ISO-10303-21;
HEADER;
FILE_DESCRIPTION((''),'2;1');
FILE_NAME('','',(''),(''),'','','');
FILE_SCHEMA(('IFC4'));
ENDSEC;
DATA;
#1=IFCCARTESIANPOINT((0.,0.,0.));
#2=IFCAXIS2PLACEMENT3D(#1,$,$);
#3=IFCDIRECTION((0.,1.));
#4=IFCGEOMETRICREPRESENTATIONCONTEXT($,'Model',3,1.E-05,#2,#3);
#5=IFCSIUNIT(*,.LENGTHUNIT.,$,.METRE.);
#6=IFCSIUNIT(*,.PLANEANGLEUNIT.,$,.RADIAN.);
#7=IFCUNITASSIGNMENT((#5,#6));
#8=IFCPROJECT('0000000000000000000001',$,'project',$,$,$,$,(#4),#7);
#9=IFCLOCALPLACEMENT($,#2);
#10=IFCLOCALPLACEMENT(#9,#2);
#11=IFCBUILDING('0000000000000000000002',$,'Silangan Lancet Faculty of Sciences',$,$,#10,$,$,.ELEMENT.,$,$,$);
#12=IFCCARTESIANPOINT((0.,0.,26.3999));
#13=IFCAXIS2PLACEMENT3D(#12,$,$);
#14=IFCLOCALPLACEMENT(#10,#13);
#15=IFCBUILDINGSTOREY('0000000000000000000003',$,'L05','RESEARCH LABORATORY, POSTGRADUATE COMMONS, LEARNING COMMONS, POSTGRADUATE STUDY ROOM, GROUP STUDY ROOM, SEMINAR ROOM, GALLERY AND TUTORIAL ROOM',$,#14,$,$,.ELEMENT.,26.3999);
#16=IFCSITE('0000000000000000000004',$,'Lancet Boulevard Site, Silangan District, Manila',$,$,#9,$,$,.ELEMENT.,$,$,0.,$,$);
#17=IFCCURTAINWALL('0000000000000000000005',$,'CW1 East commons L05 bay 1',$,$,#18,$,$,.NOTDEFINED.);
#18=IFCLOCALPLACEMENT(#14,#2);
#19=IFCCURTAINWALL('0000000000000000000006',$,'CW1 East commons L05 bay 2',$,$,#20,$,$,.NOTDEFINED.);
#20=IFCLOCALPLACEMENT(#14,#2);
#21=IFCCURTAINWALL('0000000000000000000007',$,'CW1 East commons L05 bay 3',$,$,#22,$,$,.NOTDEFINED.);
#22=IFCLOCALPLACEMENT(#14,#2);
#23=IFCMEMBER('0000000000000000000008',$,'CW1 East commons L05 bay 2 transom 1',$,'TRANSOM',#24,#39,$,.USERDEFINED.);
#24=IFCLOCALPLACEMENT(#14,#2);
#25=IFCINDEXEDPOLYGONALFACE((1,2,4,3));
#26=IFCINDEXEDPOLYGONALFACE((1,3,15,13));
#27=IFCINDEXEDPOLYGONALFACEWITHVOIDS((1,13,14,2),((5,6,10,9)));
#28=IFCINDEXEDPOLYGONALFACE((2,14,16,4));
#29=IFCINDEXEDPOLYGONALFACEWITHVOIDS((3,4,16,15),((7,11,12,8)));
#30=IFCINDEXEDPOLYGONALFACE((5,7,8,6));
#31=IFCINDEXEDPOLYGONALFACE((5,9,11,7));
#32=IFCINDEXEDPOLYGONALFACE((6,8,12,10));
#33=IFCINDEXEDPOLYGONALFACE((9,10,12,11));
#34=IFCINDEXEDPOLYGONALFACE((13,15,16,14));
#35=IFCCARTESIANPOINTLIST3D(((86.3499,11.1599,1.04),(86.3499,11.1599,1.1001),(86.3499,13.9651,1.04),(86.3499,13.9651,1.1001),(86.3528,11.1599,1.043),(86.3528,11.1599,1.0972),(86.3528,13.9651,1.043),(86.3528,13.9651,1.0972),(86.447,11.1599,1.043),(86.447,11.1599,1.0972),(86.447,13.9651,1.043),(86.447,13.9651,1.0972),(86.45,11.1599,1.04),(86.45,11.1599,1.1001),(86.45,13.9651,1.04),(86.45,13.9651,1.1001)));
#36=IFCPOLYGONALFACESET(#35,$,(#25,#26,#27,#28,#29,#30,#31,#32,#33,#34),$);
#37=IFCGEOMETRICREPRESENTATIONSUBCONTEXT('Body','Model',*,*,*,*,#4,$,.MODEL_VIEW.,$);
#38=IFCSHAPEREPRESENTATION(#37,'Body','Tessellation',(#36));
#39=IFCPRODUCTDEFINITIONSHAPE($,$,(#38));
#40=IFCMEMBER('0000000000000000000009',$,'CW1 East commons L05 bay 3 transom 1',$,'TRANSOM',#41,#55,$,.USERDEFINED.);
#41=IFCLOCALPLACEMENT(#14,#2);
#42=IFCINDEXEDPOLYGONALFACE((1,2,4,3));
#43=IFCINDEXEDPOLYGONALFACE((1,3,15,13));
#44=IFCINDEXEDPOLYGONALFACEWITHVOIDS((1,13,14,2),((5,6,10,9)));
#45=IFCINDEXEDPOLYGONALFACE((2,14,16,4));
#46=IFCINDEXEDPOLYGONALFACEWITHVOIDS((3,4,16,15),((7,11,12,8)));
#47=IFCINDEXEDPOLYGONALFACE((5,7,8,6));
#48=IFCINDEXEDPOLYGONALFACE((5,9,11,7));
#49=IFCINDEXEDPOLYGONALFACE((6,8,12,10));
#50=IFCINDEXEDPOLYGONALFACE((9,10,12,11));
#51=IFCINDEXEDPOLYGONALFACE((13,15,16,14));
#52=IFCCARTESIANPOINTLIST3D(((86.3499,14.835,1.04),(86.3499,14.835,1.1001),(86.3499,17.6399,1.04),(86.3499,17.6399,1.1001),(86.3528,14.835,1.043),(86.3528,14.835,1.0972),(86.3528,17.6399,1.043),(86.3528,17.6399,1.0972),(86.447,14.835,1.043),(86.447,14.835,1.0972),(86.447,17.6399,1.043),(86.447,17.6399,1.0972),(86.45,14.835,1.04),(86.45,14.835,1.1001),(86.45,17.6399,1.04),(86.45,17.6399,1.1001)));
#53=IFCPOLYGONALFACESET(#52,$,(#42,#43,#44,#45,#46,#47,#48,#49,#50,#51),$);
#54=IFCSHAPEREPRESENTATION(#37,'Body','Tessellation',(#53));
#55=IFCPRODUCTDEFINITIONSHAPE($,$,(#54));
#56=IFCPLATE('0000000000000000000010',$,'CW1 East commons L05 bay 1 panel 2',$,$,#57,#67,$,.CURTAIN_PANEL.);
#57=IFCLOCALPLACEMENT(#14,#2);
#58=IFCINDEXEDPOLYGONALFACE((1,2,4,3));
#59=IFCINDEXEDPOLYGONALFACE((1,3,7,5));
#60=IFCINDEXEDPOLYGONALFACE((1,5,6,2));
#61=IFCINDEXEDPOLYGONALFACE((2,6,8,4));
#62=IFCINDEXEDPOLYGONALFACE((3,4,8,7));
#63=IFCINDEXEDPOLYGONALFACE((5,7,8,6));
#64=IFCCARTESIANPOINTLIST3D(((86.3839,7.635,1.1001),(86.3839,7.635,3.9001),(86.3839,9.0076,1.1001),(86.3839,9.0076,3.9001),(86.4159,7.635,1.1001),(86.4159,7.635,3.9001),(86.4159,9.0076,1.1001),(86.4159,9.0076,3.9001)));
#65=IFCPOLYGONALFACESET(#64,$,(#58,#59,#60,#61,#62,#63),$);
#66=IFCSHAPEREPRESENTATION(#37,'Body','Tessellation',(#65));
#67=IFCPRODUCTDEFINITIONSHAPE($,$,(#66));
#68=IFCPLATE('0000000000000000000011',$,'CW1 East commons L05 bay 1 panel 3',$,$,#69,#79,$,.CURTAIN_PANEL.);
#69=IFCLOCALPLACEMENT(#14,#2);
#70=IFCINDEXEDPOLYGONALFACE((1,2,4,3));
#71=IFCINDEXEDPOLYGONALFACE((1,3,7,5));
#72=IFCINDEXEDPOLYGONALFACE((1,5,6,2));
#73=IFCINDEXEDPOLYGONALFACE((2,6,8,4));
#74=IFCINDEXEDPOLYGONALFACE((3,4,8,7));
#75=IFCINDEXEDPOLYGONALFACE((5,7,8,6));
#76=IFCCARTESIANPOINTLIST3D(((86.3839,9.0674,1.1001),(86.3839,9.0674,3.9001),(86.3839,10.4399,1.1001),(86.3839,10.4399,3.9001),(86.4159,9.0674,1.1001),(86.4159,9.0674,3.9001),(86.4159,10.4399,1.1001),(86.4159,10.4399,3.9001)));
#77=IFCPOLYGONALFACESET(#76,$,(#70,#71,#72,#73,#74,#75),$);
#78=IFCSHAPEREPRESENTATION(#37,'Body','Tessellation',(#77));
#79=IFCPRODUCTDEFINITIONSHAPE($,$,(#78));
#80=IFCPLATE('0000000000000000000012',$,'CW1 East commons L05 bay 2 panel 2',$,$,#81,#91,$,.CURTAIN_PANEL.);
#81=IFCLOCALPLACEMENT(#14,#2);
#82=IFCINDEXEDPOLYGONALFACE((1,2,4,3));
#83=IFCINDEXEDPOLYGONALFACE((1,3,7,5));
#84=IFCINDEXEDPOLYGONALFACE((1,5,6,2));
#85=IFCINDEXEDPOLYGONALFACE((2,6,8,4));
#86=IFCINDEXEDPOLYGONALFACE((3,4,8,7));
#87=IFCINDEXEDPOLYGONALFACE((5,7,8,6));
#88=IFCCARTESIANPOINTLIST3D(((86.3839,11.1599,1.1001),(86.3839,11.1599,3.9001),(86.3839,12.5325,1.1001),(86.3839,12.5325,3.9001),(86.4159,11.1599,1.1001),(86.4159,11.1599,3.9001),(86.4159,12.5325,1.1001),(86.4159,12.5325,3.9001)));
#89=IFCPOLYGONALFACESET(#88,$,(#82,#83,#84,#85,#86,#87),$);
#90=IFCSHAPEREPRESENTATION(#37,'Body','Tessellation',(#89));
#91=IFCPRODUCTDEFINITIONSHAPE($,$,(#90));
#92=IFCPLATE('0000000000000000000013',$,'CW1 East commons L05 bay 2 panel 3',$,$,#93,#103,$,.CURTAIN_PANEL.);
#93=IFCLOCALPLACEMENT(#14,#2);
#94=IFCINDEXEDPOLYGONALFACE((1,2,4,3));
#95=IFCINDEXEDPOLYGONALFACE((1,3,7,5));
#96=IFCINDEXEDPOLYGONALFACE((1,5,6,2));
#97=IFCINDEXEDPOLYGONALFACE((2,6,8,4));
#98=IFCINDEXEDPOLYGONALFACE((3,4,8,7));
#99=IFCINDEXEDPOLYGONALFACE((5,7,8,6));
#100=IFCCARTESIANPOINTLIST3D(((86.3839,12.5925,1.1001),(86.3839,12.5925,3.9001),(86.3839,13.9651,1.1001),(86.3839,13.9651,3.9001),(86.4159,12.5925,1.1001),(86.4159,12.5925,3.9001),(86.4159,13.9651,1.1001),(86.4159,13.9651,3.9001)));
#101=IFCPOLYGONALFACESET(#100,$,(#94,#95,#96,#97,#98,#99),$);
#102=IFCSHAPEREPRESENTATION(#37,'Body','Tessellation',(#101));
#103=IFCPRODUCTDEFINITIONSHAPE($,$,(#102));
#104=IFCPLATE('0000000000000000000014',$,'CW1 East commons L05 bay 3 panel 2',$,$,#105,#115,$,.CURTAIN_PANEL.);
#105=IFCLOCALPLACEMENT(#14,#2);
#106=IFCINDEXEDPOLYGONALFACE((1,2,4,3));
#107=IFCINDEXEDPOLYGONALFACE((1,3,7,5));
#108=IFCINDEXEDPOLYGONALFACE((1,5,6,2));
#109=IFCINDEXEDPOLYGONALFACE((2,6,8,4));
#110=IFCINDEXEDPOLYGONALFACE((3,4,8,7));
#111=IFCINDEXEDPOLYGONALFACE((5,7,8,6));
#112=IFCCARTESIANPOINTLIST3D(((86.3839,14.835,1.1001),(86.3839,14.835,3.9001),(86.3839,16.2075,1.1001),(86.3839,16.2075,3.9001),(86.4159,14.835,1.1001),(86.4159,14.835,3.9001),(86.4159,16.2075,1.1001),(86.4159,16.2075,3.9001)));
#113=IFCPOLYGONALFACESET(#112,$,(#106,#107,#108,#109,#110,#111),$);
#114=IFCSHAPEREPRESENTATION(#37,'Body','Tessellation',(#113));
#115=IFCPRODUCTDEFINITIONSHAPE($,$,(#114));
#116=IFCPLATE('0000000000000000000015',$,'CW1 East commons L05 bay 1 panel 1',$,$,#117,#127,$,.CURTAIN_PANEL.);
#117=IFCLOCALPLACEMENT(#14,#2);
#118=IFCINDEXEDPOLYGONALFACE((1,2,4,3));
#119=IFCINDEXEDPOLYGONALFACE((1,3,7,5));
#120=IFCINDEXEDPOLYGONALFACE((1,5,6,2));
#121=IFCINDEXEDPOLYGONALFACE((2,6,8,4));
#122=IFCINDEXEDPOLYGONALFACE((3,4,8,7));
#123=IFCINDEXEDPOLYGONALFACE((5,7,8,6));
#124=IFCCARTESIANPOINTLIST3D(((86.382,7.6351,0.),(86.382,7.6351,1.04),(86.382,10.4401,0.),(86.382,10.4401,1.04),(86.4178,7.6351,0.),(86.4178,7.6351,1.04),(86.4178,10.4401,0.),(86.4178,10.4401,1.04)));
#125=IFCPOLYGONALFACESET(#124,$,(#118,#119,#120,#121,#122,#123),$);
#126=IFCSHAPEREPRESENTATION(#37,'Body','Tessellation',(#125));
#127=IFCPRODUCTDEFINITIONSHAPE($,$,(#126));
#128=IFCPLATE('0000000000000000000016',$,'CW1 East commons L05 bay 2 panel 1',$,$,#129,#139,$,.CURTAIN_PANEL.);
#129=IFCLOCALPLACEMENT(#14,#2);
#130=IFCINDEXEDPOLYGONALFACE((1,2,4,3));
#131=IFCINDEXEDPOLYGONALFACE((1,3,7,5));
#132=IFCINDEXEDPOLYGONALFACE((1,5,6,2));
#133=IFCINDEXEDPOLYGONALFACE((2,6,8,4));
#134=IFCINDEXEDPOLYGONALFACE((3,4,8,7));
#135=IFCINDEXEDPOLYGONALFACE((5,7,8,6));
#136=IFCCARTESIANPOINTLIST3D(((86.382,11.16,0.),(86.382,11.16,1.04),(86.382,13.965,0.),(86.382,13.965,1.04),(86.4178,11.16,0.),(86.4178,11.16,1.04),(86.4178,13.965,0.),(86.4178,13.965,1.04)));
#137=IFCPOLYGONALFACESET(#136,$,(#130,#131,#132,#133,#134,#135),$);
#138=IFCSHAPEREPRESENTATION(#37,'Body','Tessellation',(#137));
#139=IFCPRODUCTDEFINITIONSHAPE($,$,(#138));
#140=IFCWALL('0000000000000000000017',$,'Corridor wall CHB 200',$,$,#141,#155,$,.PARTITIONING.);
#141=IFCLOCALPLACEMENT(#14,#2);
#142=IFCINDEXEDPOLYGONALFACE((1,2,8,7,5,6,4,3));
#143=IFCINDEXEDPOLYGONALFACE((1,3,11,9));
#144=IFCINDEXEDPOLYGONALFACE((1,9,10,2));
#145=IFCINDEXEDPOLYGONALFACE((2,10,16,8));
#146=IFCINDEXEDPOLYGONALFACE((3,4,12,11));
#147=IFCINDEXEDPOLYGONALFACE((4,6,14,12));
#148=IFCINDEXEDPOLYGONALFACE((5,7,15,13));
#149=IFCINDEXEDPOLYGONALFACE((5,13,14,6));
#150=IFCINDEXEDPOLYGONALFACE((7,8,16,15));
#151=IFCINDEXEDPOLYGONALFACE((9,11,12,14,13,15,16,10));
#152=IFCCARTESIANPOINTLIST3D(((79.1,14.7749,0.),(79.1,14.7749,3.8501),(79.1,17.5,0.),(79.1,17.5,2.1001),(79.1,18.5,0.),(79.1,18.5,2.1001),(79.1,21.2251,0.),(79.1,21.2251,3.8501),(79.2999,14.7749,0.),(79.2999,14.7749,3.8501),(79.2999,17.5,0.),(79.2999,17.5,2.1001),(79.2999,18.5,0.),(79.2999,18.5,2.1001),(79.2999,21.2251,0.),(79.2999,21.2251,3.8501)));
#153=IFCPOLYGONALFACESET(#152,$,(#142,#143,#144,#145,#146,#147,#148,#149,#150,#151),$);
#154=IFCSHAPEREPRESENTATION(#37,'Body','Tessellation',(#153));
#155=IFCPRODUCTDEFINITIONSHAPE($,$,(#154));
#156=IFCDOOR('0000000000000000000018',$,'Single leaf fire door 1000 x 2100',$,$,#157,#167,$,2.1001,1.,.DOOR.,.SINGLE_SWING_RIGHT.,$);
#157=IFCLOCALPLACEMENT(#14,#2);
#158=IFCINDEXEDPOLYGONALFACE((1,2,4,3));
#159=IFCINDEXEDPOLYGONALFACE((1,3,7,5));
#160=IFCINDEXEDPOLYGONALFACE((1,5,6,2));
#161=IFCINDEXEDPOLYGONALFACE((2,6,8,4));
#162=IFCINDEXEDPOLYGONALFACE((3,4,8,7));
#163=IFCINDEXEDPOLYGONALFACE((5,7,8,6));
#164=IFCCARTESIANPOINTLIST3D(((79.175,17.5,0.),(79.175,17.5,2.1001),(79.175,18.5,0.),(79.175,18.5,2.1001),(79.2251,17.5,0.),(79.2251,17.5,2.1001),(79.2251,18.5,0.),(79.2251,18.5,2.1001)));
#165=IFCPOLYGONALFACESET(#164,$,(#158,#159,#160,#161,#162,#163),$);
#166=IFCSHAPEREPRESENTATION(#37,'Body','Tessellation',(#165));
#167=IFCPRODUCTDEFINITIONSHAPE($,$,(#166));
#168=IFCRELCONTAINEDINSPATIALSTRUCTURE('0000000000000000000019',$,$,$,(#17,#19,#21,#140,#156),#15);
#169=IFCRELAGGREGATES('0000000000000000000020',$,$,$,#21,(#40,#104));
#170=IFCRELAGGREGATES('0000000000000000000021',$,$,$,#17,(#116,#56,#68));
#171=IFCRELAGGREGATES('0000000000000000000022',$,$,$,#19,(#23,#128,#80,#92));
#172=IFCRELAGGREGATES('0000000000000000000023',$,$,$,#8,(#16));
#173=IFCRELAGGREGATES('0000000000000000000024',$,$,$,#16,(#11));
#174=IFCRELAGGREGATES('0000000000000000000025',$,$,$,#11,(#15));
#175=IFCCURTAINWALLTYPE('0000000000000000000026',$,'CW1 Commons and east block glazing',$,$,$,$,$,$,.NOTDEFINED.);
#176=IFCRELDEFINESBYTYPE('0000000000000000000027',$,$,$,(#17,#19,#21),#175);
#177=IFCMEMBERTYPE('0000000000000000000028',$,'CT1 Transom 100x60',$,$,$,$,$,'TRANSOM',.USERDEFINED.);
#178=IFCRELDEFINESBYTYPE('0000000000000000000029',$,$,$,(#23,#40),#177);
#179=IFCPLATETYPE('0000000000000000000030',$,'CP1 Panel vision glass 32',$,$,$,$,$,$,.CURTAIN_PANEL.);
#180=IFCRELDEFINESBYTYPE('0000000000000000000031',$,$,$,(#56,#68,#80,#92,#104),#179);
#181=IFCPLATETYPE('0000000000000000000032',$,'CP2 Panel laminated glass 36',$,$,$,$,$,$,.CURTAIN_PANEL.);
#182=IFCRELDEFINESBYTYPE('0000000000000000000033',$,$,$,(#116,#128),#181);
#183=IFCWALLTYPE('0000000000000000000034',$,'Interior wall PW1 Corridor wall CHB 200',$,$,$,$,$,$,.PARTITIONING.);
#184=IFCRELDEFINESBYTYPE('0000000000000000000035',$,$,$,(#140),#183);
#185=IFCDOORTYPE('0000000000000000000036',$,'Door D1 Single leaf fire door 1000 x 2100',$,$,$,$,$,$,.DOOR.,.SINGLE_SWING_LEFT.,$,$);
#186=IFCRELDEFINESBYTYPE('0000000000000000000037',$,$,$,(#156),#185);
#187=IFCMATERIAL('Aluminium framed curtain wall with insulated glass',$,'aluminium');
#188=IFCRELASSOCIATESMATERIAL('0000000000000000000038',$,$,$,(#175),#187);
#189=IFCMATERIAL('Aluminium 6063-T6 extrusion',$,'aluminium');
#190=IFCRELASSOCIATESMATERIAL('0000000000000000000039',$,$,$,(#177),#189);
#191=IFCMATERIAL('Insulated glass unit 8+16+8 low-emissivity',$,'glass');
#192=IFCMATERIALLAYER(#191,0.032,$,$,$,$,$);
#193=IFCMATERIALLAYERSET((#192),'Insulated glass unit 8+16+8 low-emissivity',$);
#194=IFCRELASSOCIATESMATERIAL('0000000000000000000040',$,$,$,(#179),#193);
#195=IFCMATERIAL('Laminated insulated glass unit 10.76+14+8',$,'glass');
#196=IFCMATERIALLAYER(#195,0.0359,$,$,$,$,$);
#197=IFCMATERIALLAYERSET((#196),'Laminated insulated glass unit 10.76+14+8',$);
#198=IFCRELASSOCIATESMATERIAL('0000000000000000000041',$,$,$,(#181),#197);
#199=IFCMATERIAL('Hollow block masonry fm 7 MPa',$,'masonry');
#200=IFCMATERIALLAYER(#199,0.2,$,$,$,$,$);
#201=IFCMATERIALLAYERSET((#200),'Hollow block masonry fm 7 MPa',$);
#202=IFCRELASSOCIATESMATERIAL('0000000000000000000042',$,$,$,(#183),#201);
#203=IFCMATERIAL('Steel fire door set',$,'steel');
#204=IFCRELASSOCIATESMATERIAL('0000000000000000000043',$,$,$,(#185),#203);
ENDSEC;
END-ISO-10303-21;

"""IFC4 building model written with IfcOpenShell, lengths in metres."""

from ifc_helpers import new_model, si_unit, direction, frame, frame_2d, origin, origin_2d, place, context, subcontext, project, spatial, rectangle, hollow_rectangle, extrude, material, layer, layer_set, material_profile, profile_set, type_object, element, fill, aggregate, save


model = new_model("IFC4")

# Units and contexts
model_context = context("Model", 3, precision=1e-05, world=origin(), true_north=direction((0.0, 1.0)))
body_context = subcontext(model_context, "Body", "Model", "MODEL_VIEW")
ifc_project = project(units=[si_unit("LENGTHUNIT", "METRE"), si_unit("PLANEANGLEUNIT", "RADIAN")], contexts=[model_context])

# Site, building, storey
site_placement = place(None, origin())
site = spatial("IfcSite", under=ifc_project, at=site_placement, Name="Lancet Boulevard Site, Silangan District, Manila", CompositionType="ELEMENT", RefElevation=0.0)
building_placement = place(site_placement, origin())
building = spatial("IfcBuilding", under=site, at=building_placement, Name="Silangan Lancet Faculty of Sciences", CompositionType="ELEMENT")
storey_placement = place(building_placement, frame((0.0, 0.0, 26.3999)))
storey = spatial("IfcBuildingStorey", under=building, at=storey_placement, Name="L05", Description="RESEARCH LABORATORY, POSTGRADUATE COMMONS, LEARNING COMMONS, POSTGRADUATE STUDY ROOM, GROUP STUDY ROOM, SEMINAR ROOM, GALLERY AND TUTORIAL ROOM", CompositionType="ELEMENT", Elevation=26.3999)

# Curtain walls
ifc_material_1 = material(Name="Aluminium framed curtain wall with insulated glass", Category="aluminium")
curtain_wall_type = type_object("IfcCurtainWallType", Name="CW1 Commons and east block glazing", PredefinedType="NOTDEFINED", material=ifc_material_1)
curtain_wall_1_placement = place(storey_placement, origin())
curtain_wall_1 = element("IfcCurtainWall", 1, at=curtain_wall_1_placement, inside=storey, type_object=curtain_wall_type, Name="CW1 East commons L05 bay 1", PredefinedType="NOTDEFINED")
curtain_wall_2_placement = place(storey_placement, origin())
curtain_wall_2 = element("IfcCurtainWall", 2, at=curtain_wall_2_placement, inside=storey, type_object=curtain_wall_type, Name="CW1 East commons L05 bay 2", PredefinedType="NOTDEFINED")

# Curtain wall
curtain_wall_3_placement = place(storey_placement, origin())
curtain_wall_3 = element("IfcCurtainWall", 3, at=curtain_wall_3_placement, inside=storey, type_object=curtain_wall_type, Name="CW1 East commons L05 bay 3", PredefinedType="NOTDEFINED")

# Members
ifc_material_2 = material(Name="Aluminium 6063-T6 extrusion", Category="aluminium")
ifc_material_profile_1 = material_profile(ifc_material_2, hollow_rectangle(XDim=0.1001, YDim=0.0601, WallThickness=0.0029, at=origin_2d()), Name="AL BOX 100x60x3")
ifc_profile_set_1 = profile_set([ifc_material_profile_1], Name="Aluminium 6063-T6 extrusion")
member_type_1 = type_object("IfcMemberType", Name="CT1 Transom 100x60", ElementType="TRANSOM", PredefinedType="USERDEFINED", material=ifc_profile_set_1)
member_1_placement = place(storey_placement, frame((86.3999, 11.1599, 1.0701), z_axis=(0.0, 1.0, 0.0), x_axis=(-1.0, 0.0, 0.0)))
member_1 = element("IfcMember", 4, at=member_1_placement, type_object=member_type_1, Name="CW1 East commons L05 bay 2 transom 1", ObjectType="TRANSOM", PredefinedType="USERDEFINED", context=body_context, shape_type="SweptSolid", body=[
    extrude(hollow_rectangle(XDim=0.1001, YDim=0.0601, WallThickness=0.0029, at=origin_2d()), origin(), (0.0, 0.0, 1.0), 2.8052),
])
member_2_placement = place(storey_placement, frame((86.3999, 14.835, 1.0701), z_axis=(0.0, 1.0, 0.0), x_axis=(-1.0, 0.0, 0.0)))
member_2 = element("IfcMember", 5, at=member_2_placement, type_object=member_type_1, Name="CW1 East commons L05 bay 3 transom 1", ObjectType="TRANSOM", PredefinedType="USERDEFINED", context=body_context, shape_type="SweptSolid", body=[
    extrude(hollow_rectangle(XDim=0.1001, YDim=0.0601, WallThickness=0.0029, at=origin_2d()), origin(), (0.0, 0.0, 1.0), 2.8049),
])

# Plates
ifc_material_3 = material(Name="Insulated glass unit 8+16+8 low-emissivity", Category="glass")
ifc_layer_1 = layer(ifc_material_3, 0.032)
ifc_layer_set_1 = layer_set([ifc_layer_1], Name="Insulated glass unit 8+16+8 low-emissivity")
plate_type_1 = type_object("IfcPlateType", Name="CP1 Panel vision glass 32", PredefinedType="CURTAIN_PANEL", material=ifc_layer_set_1)
plate_1_placement = place(storey_placement, frame((86.3999, 8.3213, 1.1001), z_axis=(0.0, 0.0, 1.0), x_axis=(0.0, 1.0, 0.0)))
plate_1 = element("IfcPlate", 6, at=plate_1_placement, type_object=plate_type_1, Name="CW1 East commons L05 bay 1 panel 2", PredefinedType="CURTAIN_PANEL", context=body_context, shape_type="SweptSolid", body=[
    extrude(rectangle(XDim=1.3726, YDim=0.032, at=origin_2d()), origin(), (0.0, 0.0, 1.0), 2.8),
])
plate_2_placement = place(storey_placement, frame((86.3999, 9.7537, 1.1001), z_axis=(0.0, 0.0, 1.0), x_axis=(0.0, 1.0, 0.0)))
plate_2 = element("IfcPlate", 7, at=plate_2_placement, type_object=plate_type_1, Name="CW1 East commons L05 bay 1 panel 3", PredefinedType="CURTAIN_PANEL", context=body_context, shape_type="SweptSolid", body=[
    extrude(rectangle(XDim=1.3726, YDim=0.032, at=origin_2d()), origin(), (0.0, 0.0, 1.0), 2.8),
])
plate_3_placement = place(storey_placement, frame((86.3999, 11.8462, 1.1001), z_axis=(0.0, 0.0, 1.0), x_axis=(0.0, 1.0, 0.0)))
plate_3 = element("IfcPlate", 8, at=plate_3_placement, type_object=plate_type_1, Name="CW1 East commons L05 bay 2 panel 2", PredefinedType="CURTAIN_PANEL", context=body_context, shape_type="SweptSolid", body=[
    extrude(rectangle(XDim=1.3726, YDim=0.032, at=origin_2d()), origin(), (0.0, 0.0, 1.0), 2.8),
])
plate_4_placement = place(storey_placement, frame((86.3999, 13.2788, 1.1001), z_axis=(0.0, 0.0, 1.0), x_axis=(0.0, 1.0, 0.0)))
plate_4 = element("IfcPlate", 9, at=plate_4_placement, type_object=plate_type_1, Name="CW1 East commons L05 bay 2 panel 3", PredefinedType="CURTAIN_PANEL", context=body_context, shape_type="SweptSolid", body=[
    extrude(rectangle(XDim=1.3726, YDim=0.032, at=origin_2d()), origin(), (0.0, 0.0, 1.0), 2.8),
])
plate_5_placement = place(storey_placement, frame((86.3999, 15.5212, 1.1001), z_axis=(0.0, 0.0, 1.0), x_axis=(0.0, 1.0, 0.0)))
plate_5 = element("IfcPlate", 10, at=plate_5_placement, type_object=plate_type_1, Name="CW1 East commons L05 bay 3 panel 2", PredefinedType="CURTAIN_PANEL", context=body_context, shape_type="SweptSolid", body=[
    extrude(rectangle(XDim=1.3726, YDim=0.032, at=origin_2d()), origin(), (0.0, 0.0, 1.0), 2.8),
])
aggregate(curtain_wall_3, [member_2, plate_5])
ifc_material_4 = material(Name="Laminated insulated glass unit 10.76+14+8", Category="glass")
ifc_layer_2 = layer(ifc_material_4, 0.0359)
ifc_layer_set_2 = layer_set([ifc_layer_2], Name="Laminated insulated glass unit 10.76+14+8")
plate_type_2 = type_object("IfcPlateType", Name="CP2 Panel laminated glass 36", PredefinedType="CURTAIN_PANEL", material=ifc_layer_set_2)
plate_6_placement = place(storey_placement, frame((86.3999, 9.0376, 0.0), z_axis=(0.0, 0.0, 1.0), x_axis=(0.0, 1.0, 0.0)))
plate_6 = element("IfcPlate", 11, at=plate_6_placement, type_object=plate_type_2, Name="CW1 East commons L05 bay 1 panel 1", PredefinedType="CURTAIN_PANEL", context=body_context, shape_type="SweptSolid", body=[
    extrude(rectangle(XDim=2.8049, YDim=0.0359, at=origin_2d()), origin(), (0.0, 0.0, 1.0), 1.04),
])
aggregate(curtain_wall_1, [plate_6, plate_1, plate_2])
plate_7_placement = place(storey_placement, frame((86.3999, 12.5625, 0.0), z_axis=(0.0, 0.0, 1.0), x_axis=(0.0, 1.0, 0.0)))
plate_7 = element("IfcPlate", 12, at=plate_7_placement, type_object=plate_type_2, Name="CW1 East commons L05 bay 2 panel 1", PredefinedType="CURTAIN_PANEL", context=body_context, shape_type="SweptSolid", body=[
    extrude(rectangle(XDim=2.8049, YDim=0.0359, at=origin_2d()), origin(), (0.0, 0.0, 1.0), 1.04),
])
aggregate(curtain_wall_2, [member_1, plate_7, plate_3, plate_4])

# Wall, opening, door
ifc_material_5 = material(Name="Hollow block masonry fm 7 MPa", Category="masonry")
ifc_layer_3 = layer(ifc_material_5, 0.2)
ifc_layer_set_3 = layer_set([ifc_layer_3], Name="Hollow block masonry fm 7 MPa")
wall_type_1 = type_object("IfcWallType", Name="Interior wall PW1 Corridor wall CHB 200", PredefinedType="PARTITIONING", material=ifc_layer_set_3)
wall_1_placement = place(storey_placement, frame((79.2, 14.7749, 0.0), z_axis=(0.0, 0.0, 1.0), x_axis=(0.0, 1.0, 0.0)))
wall_1 = element("IfcWall", 13, at=wall_1_placement, inside=storey, type_object=wall_type_1, Name="Corridor wall CHB 200", PredefinedType="PARTITIONING", context=body_context, shape_type="SweptSolid", body=[
    extrude(rectangle(XDim=6.4502, YDim=0.2, at=frame_2d((3.2251, 0.0))), origin(), (0.0, 0.0, 1.0), 3.8501),
])
opening_1_placement = place(wall_1_placement, frame((2.7251, 0.0, 0.0)))
opening_1 = element("IfcOpeningElement", 14, at=opening_1_placement, cuts=wall_1, PredefinedType="OPENING", context=body_context, shape_type="SweptSolid", body=[
    extrude(rectangle(XDim=1.0, YDim=2.1001, at=frame_2d((0.5, 1.05))), frame((0.0, 0.1099, 0.0), z_axis=(0.0, -1.0, 0.0), x_axis=(1.0, 0.0, 0.0)), (0.0, 0.0, 1.0), 0.22),
])
ifc_material_6 = material(Name="Steel fire door set", Category="steel")
door_type = type_object("IfcDoorType", Name="Door D1 Single leaf fire door 1000 x 2100", OperationType="SINGLE_SWING_LEFT", PredefinedType="DOOR", material=ifc_material_6)
door_1_placement = place(opening_1_placement, origin())
door_1 = element("IfcDoor", 15, at=door_1_placement, inside=storey, type_object=door_type, Name="Single leaf fire door 1000 x 2100", OperationType="SINGLE_SWING_RIGHT", OverallHeight=2.1001, OverallWidth=1.0, PredefinedType="DOOR", context=body_context, shape_type="SweptSolid", body=[
    extrude(rectangle(XDim=1.0, YDim=2.1001, at=frame_2d((0.5, 1.05))), frame((0.0, 0.0249, 0.0), z_axis=(0.0, -1.0, 0.0), x_axis=(1.0, 0.0, 0.0)), (0.0, 0.0, 1.0), 0.05),
])
fill(opening_1, door_1)

save(model, "model.ifc")
